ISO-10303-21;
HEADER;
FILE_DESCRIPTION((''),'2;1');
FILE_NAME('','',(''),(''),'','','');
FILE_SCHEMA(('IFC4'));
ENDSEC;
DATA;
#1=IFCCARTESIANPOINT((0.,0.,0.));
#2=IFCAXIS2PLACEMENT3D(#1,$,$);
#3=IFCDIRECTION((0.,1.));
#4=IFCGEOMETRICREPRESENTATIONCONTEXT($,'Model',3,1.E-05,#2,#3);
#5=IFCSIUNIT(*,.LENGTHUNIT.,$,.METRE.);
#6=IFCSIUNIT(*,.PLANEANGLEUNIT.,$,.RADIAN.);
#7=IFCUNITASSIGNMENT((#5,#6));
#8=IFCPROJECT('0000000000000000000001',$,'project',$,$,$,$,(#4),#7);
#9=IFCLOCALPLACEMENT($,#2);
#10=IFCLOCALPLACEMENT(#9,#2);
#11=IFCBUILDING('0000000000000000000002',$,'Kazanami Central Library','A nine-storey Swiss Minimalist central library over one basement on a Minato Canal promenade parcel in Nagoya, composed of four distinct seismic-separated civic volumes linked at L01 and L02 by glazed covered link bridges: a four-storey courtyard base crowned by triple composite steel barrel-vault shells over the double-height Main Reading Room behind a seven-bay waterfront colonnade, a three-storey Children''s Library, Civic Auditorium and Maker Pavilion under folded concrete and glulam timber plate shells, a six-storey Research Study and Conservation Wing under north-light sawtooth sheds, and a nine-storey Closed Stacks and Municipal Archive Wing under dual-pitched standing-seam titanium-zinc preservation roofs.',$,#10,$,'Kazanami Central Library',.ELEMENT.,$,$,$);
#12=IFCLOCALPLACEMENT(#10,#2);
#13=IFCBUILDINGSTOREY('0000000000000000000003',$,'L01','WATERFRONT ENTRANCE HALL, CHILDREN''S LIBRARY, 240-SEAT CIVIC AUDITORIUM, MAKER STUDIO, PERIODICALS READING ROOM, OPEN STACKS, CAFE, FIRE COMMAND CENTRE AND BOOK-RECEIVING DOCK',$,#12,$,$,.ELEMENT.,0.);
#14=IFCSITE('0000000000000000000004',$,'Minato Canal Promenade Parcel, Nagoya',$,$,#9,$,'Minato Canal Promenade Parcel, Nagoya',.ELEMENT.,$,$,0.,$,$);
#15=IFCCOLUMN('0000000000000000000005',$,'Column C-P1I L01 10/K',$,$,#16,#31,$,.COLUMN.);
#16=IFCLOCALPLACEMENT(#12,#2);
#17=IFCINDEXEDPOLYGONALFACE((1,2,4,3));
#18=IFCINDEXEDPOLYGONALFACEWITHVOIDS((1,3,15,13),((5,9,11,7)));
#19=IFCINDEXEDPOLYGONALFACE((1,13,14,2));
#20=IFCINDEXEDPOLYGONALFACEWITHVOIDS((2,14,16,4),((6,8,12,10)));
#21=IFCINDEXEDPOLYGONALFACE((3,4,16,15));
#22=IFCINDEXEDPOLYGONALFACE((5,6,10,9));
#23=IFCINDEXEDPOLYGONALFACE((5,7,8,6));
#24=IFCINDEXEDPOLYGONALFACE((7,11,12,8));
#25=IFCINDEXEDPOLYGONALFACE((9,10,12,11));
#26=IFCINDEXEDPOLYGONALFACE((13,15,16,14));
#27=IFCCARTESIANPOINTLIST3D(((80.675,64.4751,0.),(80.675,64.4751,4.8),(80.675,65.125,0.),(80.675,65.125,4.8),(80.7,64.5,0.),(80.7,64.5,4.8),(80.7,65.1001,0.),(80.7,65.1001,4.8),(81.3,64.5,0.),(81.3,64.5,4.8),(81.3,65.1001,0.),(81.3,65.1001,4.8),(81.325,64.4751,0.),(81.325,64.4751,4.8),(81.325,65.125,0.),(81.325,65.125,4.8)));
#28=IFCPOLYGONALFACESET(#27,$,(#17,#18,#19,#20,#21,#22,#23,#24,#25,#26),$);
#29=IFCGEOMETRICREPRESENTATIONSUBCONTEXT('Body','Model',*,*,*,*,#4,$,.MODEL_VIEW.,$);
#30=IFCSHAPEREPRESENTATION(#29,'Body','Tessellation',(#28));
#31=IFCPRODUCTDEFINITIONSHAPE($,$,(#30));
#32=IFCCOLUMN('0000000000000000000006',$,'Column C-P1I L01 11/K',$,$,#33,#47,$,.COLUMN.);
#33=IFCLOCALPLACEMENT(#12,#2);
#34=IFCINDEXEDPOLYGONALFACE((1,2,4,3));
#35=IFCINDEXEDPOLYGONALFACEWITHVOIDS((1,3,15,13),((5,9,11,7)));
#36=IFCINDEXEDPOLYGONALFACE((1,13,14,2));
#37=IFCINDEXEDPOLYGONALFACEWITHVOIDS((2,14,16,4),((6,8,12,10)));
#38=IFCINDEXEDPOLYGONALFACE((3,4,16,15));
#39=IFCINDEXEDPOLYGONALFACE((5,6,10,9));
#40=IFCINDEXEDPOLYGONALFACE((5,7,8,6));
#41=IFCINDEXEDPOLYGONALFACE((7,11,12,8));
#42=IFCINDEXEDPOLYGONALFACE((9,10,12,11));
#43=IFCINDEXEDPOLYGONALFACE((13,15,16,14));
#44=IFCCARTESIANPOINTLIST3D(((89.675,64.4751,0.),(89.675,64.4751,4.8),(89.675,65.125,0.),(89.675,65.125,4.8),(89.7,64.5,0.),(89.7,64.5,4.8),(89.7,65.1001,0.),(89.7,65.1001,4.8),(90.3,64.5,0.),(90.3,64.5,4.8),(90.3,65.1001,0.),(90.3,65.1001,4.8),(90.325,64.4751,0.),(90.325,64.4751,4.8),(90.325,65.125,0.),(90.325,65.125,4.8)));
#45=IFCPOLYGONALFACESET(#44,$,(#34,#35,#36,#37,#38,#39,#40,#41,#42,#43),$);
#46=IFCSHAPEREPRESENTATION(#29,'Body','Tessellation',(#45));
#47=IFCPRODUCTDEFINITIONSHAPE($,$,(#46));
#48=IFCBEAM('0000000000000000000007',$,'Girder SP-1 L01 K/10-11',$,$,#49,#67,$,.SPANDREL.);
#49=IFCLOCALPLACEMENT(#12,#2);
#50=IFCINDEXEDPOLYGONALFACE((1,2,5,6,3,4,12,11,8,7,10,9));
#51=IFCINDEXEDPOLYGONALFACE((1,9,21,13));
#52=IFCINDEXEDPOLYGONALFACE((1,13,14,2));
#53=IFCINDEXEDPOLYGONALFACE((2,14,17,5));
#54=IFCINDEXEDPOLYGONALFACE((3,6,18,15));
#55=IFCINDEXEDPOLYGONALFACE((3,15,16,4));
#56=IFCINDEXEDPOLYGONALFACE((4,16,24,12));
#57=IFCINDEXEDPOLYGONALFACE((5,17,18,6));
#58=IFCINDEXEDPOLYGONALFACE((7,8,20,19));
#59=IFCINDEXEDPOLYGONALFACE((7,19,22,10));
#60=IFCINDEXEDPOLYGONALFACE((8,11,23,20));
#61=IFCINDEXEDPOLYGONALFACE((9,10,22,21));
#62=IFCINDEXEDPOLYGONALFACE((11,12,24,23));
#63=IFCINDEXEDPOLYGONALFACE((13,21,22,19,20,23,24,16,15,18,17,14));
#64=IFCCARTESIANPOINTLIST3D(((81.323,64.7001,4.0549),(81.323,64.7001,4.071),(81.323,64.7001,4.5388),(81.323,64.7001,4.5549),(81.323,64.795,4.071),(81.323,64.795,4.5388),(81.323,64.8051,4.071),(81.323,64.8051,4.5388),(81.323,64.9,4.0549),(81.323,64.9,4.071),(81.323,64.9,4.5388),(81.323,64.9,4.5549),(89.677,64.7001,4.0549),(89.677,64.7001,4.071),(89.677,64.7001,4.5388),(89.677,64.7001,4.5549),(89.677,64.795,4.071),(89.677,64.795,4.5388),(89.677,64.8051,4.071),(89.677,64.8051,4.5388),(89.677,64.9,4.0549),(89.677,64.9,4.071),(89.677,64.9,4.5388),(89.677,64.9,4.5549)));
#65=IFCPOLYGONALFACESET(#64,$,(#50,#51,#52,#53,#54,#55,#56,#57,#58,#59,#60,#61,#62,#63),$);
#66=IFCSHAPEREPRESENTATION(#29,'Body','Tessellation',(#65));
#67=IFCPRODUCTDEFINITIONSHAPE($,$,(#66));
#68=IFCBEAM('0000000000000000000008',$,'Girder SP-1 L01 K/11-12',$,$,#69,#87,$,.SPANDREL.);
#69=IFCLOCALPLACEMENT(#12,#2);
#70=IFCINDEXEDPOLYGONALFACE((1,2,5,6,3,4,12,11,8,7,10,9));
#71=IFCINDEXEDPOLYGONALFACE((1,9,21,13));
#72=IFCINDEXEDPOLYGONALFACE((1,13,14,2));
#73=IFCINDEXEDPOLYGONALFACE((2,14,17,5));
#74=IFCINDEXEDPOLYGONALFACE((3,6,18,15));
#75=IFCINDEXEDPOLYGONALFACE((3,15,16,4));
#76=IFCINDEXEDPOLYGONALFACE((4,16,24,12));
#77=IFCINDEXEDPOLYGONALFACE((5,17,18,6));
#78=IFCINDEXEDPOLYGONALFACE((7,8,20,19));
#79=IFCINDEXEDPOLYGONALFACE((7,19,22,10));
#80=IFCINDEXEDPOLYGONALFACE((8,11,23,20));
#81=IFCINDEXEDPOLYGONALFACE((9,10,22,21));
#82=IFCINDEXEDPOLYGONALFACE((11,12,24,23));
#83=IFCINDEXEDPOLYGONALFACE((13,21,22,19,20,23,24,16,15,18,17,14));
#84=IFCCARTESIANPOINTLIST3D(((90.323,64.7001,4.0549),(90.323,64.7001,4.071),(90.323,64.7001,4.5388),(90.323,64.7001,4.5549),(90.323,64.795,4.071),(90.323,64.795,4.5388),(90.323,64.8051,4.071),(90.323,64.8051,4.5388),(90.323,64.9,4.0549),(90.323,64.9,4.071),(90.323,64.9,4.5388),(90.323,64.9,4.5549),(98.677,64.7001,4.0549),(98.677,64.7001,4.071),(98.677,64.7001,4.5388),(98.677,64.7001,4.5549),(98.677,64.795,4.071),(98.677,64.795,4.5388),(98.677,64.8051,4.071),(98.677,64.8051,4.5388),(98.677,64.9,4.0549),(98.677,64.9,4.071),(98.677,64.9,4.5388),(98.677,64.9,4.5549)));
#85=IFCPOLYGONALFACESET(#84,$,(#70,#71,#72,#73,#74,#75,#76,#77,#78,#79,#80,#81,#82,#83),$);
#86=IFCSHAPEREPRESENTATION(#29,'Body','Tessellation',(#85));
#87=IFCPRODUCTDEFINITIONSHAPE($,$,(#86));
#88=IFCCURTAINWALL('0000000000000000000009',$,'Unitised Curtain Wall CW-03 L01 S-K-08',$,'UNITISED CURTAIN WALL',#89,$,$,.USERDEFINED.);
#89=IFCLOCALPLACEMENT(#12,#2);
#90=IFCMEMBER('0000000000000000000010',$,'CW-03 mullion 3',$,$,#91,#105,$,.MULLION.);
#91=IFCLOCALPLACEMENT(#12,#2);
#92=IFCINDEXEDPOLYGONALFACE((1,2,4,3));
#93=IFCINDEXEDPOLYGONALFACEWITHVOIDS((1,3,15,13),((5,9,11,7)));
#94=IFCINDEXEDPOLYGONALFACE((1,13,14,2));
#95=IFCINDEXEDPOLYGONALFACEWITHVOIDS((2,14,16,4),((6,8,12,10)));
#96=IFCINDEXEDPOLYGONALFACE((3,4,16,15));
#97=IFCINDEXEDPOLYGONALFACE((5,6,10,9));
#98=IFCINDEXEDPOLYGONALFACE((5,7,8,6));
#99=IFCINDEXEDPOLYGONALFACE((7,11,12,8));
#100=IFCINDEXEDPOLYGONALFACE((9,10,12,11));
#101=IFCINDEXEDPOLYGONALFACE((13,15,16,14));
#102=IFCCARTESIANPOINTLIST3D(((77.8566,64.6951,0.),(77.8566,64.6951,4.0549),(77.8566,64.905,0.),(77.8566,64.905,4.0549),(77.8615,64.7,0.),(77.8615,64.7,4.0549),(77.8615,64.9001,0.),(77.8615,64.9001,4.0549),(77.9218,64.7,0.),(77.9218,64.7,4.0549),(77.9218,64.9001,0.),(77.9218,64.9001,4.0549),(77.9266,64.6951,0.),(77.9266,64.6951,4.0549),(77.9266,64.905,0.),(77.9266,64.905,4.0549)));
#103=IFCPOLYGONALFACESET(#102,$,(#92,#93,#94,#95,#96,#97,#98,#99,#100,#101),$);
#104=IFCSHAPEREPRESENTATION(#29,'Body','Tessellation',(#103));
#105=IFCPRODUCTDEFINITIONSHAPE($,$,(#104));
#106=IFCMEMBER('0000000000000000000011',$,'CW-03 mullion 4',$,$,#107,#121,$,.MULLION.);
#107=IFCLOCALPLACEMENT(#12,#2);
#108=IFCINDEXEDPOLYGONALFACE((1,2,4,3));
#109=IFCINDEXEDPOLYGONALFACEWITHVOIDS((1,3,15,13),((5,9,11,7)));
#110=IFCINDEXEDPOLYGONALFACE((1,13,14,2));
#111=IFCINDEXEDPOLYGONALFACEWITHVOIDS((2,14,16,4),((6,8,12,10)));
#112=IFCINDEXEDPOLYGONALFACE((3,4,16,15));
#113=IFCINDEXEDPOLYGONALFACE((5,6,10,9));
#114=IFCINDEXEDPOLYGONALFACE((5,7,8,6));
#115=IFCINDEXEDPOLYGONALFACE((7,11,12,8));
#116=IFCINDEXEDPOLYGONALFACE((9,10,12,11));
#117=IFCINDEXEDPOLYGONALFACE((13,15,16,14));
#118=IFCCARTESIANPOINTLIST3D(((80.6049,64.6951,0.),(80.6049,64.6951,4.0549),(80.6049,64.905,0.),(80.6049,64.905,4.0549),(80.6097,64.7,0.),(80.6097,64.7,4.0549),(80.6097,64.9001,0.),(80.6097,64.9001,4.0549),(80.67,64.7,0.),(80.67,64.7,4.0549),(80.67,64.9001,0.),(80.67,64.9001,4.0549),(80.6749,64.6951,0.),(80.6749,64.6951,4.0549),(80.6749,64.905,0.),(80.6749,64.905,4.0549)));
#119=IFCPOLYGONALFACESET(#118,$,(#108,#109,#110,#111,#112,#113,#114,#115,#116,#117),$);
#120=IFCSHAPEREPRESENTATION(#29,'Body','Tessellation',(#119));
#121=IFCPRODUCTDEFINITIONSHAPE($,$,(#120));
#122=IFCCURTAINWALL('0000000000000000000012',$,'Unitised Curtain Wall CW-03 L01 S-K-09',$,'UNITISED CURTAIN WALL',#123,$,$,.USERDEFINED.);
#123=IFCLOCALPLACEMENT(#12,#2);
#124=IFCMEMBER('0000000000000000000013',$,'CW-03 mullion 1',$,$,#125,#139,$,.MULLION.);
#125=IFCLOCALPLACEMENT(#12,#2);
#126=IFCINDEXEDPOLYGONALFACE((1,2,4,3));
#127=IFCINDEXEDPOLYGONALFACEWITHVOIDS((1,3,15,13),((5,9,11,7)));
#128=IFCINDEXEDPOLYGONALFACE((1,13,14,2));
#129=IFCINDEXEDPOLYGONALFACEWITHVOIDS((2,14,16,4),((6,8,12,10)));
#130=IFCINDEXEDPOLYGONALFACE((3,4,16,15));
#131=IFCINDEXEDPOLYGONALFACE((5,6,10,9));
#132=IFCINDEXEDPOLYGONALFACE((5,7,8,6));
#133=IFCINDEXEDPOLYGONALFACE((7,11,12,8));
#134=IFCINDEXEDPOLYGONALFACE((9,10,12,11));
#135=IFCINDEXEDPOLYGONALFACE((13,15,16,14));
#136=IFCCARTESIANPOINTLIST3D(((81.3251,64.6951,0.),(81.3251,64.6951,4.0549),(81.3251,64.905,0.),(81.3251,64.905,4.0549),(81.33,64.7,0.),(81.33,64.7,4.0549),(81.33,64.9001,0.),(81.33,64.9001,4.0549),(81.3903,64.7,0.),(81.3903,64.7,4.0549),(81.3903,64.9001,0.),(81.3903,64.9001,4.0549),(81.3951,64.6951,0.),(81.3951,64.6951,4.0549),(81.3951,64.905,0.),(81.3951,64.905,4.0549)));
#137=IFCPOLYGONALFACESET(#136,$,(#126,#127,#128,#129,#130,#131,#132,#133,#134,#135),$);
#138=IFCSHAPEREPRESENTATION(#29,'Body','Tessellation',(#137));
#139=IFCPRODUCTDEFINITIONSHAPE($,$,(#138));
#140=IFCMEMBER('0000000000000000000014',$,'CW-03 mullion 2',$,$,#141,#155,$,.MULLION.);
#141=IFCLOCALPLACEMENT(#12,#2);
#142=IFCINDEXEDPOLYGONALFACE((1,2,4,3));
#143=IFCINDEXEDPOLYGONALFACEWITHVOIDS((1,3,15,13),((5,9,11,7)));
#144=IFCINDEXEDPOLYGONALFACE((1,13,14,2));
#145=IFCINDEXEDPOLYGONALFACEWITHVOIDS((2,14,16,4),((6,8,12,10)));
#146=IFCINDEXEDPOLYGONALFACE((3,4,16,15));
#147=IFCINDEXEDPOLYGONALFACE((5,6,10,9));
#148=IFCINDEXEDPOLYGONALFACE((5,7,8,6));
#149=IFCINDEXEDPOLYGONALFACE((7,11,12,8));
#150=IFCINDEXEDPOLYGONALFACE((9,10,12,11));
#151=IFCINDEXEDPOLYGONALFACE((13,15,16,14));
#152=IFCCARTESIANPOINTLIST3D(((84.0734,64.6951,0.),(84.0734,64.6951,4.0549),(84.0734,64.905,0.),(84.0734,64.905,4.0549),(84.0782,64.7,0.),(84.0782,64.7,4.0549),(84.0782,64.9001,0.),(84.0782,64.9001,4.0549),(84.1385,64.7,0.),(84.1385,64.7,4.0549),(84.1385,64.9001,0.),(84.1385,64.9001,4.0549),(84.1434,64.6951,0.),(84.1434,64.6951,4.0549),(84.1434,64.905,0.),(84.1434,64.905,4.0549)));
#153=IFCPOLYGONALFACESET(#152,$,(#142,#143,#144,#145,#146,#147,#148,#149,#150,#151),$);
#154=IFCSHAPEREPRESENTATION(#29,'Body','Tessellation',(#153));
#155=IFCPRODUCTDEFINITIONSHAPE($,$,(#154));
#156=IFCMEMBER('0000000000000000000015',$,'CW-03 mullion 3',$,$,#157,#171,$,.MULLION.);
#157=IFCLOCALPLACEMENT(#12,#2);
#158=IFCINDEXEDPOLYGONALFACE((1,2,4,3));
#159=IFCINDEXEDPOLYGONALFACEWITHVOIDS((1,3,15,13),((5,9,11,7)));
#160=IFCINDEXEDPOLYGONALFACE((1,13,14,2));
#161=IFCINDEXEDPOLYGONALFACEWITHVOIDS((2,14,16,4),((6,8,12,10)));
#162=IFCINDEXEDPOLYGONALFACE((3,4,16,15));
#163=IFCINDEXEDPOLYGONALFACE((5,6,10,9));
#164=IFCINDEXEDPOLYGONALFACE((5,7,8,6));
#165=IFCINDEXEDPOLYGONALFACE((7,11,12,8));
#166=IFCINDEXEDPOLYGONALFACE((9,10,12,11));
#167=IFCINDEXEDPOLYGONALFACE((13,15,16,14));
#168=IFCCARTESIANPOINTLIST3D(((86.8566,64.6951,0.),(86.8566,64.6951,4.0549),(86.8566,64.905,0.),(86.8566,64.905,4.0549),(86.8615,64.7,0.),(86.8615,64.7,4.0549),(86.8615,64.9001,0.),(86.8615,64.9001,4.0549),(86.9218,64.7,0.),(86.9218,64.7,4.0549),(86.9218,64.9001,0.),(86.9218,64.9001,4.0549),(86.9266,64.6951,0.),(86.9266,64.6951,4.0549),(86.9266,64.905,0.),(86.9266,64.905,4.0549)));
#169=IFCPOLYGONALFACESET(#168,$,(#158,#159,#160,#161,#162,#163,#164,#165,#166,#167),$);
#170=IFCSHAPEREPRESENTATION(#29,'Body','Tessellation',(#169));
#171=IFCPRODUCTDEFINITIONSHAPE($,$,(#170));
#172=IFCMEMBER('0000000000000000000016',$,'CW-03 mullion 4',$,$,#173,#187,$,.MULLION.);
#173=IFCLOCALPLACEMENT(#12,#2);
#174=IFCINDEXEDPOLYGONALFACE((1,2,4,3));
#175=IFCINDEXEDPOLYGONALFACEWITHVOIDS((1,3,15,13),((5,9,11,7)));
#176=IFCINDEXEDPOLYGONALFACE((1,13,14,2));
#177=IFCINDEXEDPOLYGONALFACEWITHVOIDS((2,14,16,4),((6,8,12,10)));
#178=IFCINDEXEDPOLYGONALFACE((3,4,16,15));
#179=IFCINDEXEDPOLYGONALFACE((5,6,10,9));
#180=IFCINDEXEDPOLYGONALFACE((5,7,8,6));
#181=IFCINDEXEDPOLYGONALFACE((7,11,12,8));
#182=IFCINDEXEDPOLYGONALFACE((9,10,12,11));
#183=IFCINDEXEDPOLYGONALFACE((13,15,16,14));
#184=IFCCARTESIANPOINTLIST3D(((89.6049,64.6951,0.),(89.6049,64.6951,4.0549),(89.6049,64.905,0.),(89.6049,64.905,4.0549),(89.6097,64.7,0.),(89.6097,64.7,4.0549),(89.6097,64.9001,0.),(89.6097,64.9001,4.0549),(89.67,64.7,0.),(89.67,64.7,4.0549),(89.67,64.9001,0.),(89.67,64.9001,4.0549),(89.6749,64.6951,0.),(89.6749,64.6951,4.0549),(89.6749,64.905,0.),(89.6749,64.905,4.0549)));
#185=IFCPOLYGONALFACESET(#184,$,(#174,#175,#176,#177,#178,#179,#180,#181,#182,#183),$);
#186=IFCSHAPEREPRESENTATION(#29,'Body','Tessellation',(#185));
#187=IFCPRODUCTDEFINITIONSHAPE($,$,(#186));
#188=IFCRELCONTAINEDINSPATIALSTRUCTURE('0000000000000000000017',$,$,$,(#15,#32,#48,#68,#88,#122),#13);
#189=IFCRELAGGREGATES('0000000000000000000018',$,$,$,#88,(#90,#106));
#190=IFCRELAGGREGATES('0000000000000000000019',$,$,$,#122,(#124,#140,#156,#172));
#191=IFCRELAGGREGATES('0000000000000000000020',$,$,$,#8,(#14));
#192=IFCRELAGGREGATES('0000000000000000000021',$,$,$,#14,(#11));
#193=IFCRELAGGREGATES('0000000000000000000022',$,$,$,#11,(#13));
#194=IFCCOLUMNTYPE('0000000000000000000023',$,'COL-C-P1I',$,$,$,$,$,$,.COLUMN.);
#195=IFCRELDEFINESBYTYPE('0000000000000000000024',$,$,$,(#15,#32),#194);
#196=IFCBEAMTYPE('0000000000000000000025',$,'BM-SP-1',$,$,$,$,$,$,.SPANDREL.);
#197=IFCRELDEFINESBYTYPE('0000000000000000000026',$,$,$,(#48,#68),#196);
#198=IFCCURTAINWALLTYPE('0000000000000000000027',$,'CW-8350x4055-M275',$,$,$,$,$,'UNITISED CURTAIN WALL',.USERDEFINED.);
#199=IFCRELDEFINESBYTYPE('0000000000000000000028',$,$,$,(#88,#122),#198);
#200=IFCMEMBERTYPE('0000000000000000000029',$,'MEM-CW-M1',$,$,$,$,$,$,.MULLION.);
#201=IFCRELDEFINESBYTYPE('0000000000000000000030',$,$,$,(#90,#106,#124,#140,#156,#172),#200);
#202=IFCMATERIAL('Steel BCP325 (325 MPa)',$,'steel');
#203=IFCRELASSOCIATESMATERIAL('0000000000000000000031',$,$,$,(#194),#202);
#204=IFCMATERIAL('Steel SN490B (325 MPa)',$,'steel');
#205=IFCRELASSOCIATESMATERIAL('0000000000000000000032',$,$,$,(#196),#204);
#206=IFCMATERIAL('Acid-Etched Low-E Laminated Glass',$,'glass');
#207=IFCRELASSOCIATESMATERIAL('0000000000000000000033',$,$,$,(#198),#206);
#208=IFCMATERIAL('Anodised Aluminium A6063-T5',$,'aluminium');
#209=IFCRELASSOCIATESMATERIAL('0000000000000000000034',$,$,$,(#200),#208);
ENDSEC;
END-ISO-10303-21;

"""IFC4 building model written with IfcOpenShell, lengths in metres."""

from ifc_helpers import new_model, si_unit, direction, frame, origin, origin_2d, place, context, subcontext, project, spatial, hollow_rectangle, i_section, extrude, material, material_profile, profile_set, type_object, element, aggregate, save


model = new_model("IFC4")

# Units and contexts
model_context = context("Model", 3, precision=1e-05, world=origin(), true_north=direction((0.0, 1.0)))
body_context = subcontext(model_context, "Body", "Model", "MODEL_VIEW")
ifc_project = project(units=[si_unit("LENGTHUNIT", "METRE"), si_unit("PLANEANGLEUNIT", "RADIAN")], contexts=[model_context])

# Site, building, storey
site_placement = place(None, origin())
site = spatial("IfcSite", under=ifc_project, at=site_placement, Name="Minato Canal Promenade Parcel, Nagoya", LongName="Minato Canal Promenade Parcel, Nagoya", CompositionType="ELEMENT", RefElevation=0.0)
building_placement = place(site_placement, origin())
building = spatial("IfcBuilding", under=site, at=building_placement, Name="Kazanami Central Library", Description="A nine-storey Swiss Minimalist central library over one basement on a Minato Canal promenade parcel in Nagoya, composed of four distinct seismic-separated civic volumes linked at L01 and L02 by glazed covered link bridges: a four-storey courtyard base crowned by triple composite steel barrel-vault shells over the double-height Main Reading Room behind a seven-bay waterfront colonnade, a three-storey Children's Library, Civic Auditorium and Maker Pavilion under folded concrete and glulam timber plate shells, a six-storey Research Study and Conservation Wing under north-light sawtooth sheds, and a nine-storey Closed Stacks and Municipal Archive Wing under dual-pitched standing-seam titanium-zinc preservation roofs.", LongName="Kazanami Central Library", CompositionType="ELEMENT")
storey_placement = place(building_placement, origin())
storey = spatial("IfcBuildingStorey", under=building, at=storey_placement, Name="L01", Description="WATERFRONT ENTRANCE HALL, CHILDREN'S LIBRARY, 240-SEAT CIVIC AUDITORIUM, MAKER STUDIO, PERIODICALS READING ROOM, OPEN STACKS, CAFE, FIRE COMMAND CENTRE AND BOOK-RECEIVING DOCK", CompositionType="ELEMENT", Elevation=0.0)

# Columns
ifc_material_1 = material(Name="Steel BCP325 (325 MPa)", Category="steel")
ifc_material_profile_1 = material_profile(ifc_material_1, hollow_rectangle(XDim=0.6499, YDim=0.6499, WallThickness=0.0249, at=origin_2d()), Name="BCP-650x650x25")
ifc_profile_set_1 = profile_set([ifc_material_profile_1], Name="Steel BCP325 (325 MPa)")
column_type = type_object("IfcColumnType", Name="COL-C-P1I", PredefinedType="COLUMN", material=ifc_profile_set_1)
for number, where, z_axis, x_axis, name in (
    (1, (81.0, 64.8, 0.0), (0.0, 0.0, 1.0), (1.0, 0.0, 0.0), "Column C-P1I L01 10/K"),
    (2, (90.0, 64.8, 0.0), (0.0, 0.0, 1.0), (1.0, 0.0, 0.0), "Column C-P1I L01 11/K"),
):
    element("IfcColumn", number, at=place(storey_placement, frame(where, z_axis=z_axis, x_axis=x_axis)), inside=storey, type_object=column_type, Name=name, PredefinedType="COLUMN", context=body_context, shape_type="SweptSolid", body=[
        extrude(hollow_rectangle(XDim=0.6499, YDim=0.6499, WallThickness=0.0249, at=origin_2d()), origin(), (0.0, 0.0, 1.0), 4.8),
    ])

# Beams
ifc_material_2 = material(Name="Steel SN490B (325 MPa)", Category="steel")
ifc_material_profile_2 = material_profile(ifc_material_2, i_section(OverallWidth=0.2, OverallDepth=0.5, WebThickness=0.01, FlangeThickness=0.0161, at=origin_2d()), Name="H-500x200x10x16")
ifc_profile_set_2 = profile_set([ifc_material_profile_2], Name="Steel SN490B (325 MPa)")
beam_type = type_object("IfcBeamType", Name="BM-SP-1", PredefinedType="SPANDREL", material=ifc_profile_set_2)
for number, where, z_axis, x_axis, name in (
    (3, (81.323, 64.8, 4.3049), (1.0, 0.0, 0.0), (0.0, 1.0, 0.0), "Girder SP-1 L01 K/10-11"),
    (4, (90.323, 64.8, 4.3049), (1.0, 0.0, 0.0), (0.0, 1.0, 0.0), "Girder SP-1 L01 K/11-12"),
):
    element("IfcBeam", number, at=place(storey_placement, frame(where, z_axis=z_axis, x_axis=x_axis)), inside=storey, type_object=beam_type, Name=name, PredefinedType="SPANDREL", context=body_context, shape_type="SweptSolid", body=[
        extrude(i_section(OverallWidth=0.2, OverallDepth=0.5, WebThickness=0.01, FlangeThickness=0.0161, at=origin_2d()), origin(), (0.0, 0.0, 1.0), 8.354),
    ])

# Curtain walls, members
ifc_material_3 = material(Name="Acid-Etched Low-E Laminated Glass", Category="glass")
curtain_wall_type = type_object("IfcCurtainWallType", Name="CW-8350x4055-M275", ElementType="UNITISED CURTAIN WALL", PredefinedType="USERDEFINED", material=ifc_material_3)
curtain_wall_1_placement = place(storey_placement, origin())
curtain_wall_1 = element("IfcCurtainWall", 5, at=curtain_wall_1_placement, inside=storey, type_object=curtain_wall_type, Name="Unitised Curtain Wall CW-03 L01 S-K-08", ObjectType="UNITISED CURTAIN WALL", PredefinedType="USERDEFINED")
ifc_material_4 = material(Name="Anodised Aluminium A6063-T5", Category="aluminium")
ifc_material_profile_3 = material_profile(ifc_material_4, hollow_rectangle(XDim=0.0701, YDim=0.21, WallThickness=0.0049, at=origin_2d()), Name="ALU-MULL-70x210x5")
ifc_profile_set_3 = profile_set([ifc_material_profile_3], Name="Anodised Aluminium A6063-T5")
member_type_1 = type_object("IfcMemberType", Name="MEM-CW-M1", PredefinedType="MULLION", material=ifc_profile_set_3)
member_1_placement = place(storey_placement, frame((77.8916, 64.8, 0.0), z_axis=(0.0, 0.0, 1.0), x_axis=(1.0, 0.0, 0.0)))
member_1 = element("IfcMember", 6, at=member_1_placement, type_object=member_type_1, Name="CW-03 mullion 3", PredefinedType="MULLION", context=body_context, shape_type="SweptSolid", body=[
    extrude(hollow_rectangle(XDim=0.0701, YDim=0.21, WallThickness=0.0049, at=origin_2d()), origin(), (0.0, 0.0, 1.0), 4.0549),
])
member_2_placement = place(storey_placement, frame((80.6399, 64.8, 0.0), z_axis=(0.0, 0.0, 1.0), x_axis=(1.0, 0.0, 0.0)))
member_2 = element("IfcMember", 7, at=member_2_placement, type_object=member_type_1, Name="CW-03 mullion 4", PredefinedType="MULLION", context=body_context, shape_type="SweptSolid", body=[
    extrude(hollow_rectangle(XDim=0.0701, YDim=0.21, WallThickness=0.0049, at=origin_2d()), origin(), (0.0, 0.0, 1.0), 4.0549),
])
curtain_wall_2_placement = place(storey_placement, origin())
curtain_wall_2 = element("IfcCurtainWall", 8, at=curtain_wall_2_placement, inside=storey, type_object=curtain_wall_type, Name="Unitised Curtain Wall CW-03 L01 S-K-09", ObjectType="UNITISED CURTAIN WALL", PredefinedType="USERDEFINED")
member_3_placement = place(storey_placement, frame((81.3601, 64.8, 0.0), z_axis=(0.0, 0.0, 1.0), x_axis=(1.0, 0.0, 0.0)))
member_3 = element("IfcMember", 9, at=member_3_placement, type_object=member_type_1, Name="CW-03 mullion 1", PredefinedType="MULLION", context=body_context, shape_type="SweptSolid", body=[
    extrude(hollow_rectangle(XDim=0.0701, YDim=0.21, WallThickness=0.0049, at=origin_2d()), origin(), (0.0, 0.0, 1.0), 4.0549),
])
member_4_placement = place(storey_placement, frame((84.1084, 64.8, 0.0), z_axis=(0.0, 0.0, 1.0), x_axis=(1.0, 0.0, 0.0)))
member_4 = element("IfcMember", 10, at=member_4_placement, type_object=member_type_1, Name="CW-03 mullion 2", PredefinedType="MULLION", context=body_context, shape_type="SweptSolid", body=[
    extrude(hollow_rectangle(XDim=0.0701, YDim=0.21, WallThickness=0.0049, at=origin_2d()), origin(), (0.0, 0.0, 1.0), 4.0549),
])
member_5_placement = place(storey_placement, frame((86.8916, 64.8, 0.0), z_axis=(0.0, 0.0, 1.0), x_axis=(1.0, 0.0, 0.0)))
member_5 = element("IfcMember", 11, at=member_5_placement, type_object=member_type_1, Name="CW-03 mullion 3", PredefinedType="MULLION", context=body_context, shape_type="SweptSolid", body=[
    extrude(hollow_rectangle(XDim=0.0701, YDim=0.21, WallThickness=0.0049, at=origin_2d()), origin(), (0.0, 0.0, 1.0), 4.0549),
])
member_6_placement = place(storey_placement, frame((89.6399, 64.8, 0.0), z_axis=(0.0, 0.0, 1.0), x_axis=(1.0, 0.0, 0.0)))
member_6 = element("IfcMember", 12, at=member_6_placement, type_object=member_type_1, Name="CW-03 mullion 4", PredefinedType="MULLION", context=body_context, shape_type="SweptSolid", body=[
    extrude(hollow_rectangle(XDim=0.0701, YDim=0.21, WallThickness=0.0049, at=origin_2d()), origin(), (0.0, 0.0, 1.0), 4.0549),
])

aggregate(curtain_wall_1, [member_1, member_2])
aggregate(curtain_wall_2, [member_3, member_4, member_5, member_6])

save(model, "model.ifc")
